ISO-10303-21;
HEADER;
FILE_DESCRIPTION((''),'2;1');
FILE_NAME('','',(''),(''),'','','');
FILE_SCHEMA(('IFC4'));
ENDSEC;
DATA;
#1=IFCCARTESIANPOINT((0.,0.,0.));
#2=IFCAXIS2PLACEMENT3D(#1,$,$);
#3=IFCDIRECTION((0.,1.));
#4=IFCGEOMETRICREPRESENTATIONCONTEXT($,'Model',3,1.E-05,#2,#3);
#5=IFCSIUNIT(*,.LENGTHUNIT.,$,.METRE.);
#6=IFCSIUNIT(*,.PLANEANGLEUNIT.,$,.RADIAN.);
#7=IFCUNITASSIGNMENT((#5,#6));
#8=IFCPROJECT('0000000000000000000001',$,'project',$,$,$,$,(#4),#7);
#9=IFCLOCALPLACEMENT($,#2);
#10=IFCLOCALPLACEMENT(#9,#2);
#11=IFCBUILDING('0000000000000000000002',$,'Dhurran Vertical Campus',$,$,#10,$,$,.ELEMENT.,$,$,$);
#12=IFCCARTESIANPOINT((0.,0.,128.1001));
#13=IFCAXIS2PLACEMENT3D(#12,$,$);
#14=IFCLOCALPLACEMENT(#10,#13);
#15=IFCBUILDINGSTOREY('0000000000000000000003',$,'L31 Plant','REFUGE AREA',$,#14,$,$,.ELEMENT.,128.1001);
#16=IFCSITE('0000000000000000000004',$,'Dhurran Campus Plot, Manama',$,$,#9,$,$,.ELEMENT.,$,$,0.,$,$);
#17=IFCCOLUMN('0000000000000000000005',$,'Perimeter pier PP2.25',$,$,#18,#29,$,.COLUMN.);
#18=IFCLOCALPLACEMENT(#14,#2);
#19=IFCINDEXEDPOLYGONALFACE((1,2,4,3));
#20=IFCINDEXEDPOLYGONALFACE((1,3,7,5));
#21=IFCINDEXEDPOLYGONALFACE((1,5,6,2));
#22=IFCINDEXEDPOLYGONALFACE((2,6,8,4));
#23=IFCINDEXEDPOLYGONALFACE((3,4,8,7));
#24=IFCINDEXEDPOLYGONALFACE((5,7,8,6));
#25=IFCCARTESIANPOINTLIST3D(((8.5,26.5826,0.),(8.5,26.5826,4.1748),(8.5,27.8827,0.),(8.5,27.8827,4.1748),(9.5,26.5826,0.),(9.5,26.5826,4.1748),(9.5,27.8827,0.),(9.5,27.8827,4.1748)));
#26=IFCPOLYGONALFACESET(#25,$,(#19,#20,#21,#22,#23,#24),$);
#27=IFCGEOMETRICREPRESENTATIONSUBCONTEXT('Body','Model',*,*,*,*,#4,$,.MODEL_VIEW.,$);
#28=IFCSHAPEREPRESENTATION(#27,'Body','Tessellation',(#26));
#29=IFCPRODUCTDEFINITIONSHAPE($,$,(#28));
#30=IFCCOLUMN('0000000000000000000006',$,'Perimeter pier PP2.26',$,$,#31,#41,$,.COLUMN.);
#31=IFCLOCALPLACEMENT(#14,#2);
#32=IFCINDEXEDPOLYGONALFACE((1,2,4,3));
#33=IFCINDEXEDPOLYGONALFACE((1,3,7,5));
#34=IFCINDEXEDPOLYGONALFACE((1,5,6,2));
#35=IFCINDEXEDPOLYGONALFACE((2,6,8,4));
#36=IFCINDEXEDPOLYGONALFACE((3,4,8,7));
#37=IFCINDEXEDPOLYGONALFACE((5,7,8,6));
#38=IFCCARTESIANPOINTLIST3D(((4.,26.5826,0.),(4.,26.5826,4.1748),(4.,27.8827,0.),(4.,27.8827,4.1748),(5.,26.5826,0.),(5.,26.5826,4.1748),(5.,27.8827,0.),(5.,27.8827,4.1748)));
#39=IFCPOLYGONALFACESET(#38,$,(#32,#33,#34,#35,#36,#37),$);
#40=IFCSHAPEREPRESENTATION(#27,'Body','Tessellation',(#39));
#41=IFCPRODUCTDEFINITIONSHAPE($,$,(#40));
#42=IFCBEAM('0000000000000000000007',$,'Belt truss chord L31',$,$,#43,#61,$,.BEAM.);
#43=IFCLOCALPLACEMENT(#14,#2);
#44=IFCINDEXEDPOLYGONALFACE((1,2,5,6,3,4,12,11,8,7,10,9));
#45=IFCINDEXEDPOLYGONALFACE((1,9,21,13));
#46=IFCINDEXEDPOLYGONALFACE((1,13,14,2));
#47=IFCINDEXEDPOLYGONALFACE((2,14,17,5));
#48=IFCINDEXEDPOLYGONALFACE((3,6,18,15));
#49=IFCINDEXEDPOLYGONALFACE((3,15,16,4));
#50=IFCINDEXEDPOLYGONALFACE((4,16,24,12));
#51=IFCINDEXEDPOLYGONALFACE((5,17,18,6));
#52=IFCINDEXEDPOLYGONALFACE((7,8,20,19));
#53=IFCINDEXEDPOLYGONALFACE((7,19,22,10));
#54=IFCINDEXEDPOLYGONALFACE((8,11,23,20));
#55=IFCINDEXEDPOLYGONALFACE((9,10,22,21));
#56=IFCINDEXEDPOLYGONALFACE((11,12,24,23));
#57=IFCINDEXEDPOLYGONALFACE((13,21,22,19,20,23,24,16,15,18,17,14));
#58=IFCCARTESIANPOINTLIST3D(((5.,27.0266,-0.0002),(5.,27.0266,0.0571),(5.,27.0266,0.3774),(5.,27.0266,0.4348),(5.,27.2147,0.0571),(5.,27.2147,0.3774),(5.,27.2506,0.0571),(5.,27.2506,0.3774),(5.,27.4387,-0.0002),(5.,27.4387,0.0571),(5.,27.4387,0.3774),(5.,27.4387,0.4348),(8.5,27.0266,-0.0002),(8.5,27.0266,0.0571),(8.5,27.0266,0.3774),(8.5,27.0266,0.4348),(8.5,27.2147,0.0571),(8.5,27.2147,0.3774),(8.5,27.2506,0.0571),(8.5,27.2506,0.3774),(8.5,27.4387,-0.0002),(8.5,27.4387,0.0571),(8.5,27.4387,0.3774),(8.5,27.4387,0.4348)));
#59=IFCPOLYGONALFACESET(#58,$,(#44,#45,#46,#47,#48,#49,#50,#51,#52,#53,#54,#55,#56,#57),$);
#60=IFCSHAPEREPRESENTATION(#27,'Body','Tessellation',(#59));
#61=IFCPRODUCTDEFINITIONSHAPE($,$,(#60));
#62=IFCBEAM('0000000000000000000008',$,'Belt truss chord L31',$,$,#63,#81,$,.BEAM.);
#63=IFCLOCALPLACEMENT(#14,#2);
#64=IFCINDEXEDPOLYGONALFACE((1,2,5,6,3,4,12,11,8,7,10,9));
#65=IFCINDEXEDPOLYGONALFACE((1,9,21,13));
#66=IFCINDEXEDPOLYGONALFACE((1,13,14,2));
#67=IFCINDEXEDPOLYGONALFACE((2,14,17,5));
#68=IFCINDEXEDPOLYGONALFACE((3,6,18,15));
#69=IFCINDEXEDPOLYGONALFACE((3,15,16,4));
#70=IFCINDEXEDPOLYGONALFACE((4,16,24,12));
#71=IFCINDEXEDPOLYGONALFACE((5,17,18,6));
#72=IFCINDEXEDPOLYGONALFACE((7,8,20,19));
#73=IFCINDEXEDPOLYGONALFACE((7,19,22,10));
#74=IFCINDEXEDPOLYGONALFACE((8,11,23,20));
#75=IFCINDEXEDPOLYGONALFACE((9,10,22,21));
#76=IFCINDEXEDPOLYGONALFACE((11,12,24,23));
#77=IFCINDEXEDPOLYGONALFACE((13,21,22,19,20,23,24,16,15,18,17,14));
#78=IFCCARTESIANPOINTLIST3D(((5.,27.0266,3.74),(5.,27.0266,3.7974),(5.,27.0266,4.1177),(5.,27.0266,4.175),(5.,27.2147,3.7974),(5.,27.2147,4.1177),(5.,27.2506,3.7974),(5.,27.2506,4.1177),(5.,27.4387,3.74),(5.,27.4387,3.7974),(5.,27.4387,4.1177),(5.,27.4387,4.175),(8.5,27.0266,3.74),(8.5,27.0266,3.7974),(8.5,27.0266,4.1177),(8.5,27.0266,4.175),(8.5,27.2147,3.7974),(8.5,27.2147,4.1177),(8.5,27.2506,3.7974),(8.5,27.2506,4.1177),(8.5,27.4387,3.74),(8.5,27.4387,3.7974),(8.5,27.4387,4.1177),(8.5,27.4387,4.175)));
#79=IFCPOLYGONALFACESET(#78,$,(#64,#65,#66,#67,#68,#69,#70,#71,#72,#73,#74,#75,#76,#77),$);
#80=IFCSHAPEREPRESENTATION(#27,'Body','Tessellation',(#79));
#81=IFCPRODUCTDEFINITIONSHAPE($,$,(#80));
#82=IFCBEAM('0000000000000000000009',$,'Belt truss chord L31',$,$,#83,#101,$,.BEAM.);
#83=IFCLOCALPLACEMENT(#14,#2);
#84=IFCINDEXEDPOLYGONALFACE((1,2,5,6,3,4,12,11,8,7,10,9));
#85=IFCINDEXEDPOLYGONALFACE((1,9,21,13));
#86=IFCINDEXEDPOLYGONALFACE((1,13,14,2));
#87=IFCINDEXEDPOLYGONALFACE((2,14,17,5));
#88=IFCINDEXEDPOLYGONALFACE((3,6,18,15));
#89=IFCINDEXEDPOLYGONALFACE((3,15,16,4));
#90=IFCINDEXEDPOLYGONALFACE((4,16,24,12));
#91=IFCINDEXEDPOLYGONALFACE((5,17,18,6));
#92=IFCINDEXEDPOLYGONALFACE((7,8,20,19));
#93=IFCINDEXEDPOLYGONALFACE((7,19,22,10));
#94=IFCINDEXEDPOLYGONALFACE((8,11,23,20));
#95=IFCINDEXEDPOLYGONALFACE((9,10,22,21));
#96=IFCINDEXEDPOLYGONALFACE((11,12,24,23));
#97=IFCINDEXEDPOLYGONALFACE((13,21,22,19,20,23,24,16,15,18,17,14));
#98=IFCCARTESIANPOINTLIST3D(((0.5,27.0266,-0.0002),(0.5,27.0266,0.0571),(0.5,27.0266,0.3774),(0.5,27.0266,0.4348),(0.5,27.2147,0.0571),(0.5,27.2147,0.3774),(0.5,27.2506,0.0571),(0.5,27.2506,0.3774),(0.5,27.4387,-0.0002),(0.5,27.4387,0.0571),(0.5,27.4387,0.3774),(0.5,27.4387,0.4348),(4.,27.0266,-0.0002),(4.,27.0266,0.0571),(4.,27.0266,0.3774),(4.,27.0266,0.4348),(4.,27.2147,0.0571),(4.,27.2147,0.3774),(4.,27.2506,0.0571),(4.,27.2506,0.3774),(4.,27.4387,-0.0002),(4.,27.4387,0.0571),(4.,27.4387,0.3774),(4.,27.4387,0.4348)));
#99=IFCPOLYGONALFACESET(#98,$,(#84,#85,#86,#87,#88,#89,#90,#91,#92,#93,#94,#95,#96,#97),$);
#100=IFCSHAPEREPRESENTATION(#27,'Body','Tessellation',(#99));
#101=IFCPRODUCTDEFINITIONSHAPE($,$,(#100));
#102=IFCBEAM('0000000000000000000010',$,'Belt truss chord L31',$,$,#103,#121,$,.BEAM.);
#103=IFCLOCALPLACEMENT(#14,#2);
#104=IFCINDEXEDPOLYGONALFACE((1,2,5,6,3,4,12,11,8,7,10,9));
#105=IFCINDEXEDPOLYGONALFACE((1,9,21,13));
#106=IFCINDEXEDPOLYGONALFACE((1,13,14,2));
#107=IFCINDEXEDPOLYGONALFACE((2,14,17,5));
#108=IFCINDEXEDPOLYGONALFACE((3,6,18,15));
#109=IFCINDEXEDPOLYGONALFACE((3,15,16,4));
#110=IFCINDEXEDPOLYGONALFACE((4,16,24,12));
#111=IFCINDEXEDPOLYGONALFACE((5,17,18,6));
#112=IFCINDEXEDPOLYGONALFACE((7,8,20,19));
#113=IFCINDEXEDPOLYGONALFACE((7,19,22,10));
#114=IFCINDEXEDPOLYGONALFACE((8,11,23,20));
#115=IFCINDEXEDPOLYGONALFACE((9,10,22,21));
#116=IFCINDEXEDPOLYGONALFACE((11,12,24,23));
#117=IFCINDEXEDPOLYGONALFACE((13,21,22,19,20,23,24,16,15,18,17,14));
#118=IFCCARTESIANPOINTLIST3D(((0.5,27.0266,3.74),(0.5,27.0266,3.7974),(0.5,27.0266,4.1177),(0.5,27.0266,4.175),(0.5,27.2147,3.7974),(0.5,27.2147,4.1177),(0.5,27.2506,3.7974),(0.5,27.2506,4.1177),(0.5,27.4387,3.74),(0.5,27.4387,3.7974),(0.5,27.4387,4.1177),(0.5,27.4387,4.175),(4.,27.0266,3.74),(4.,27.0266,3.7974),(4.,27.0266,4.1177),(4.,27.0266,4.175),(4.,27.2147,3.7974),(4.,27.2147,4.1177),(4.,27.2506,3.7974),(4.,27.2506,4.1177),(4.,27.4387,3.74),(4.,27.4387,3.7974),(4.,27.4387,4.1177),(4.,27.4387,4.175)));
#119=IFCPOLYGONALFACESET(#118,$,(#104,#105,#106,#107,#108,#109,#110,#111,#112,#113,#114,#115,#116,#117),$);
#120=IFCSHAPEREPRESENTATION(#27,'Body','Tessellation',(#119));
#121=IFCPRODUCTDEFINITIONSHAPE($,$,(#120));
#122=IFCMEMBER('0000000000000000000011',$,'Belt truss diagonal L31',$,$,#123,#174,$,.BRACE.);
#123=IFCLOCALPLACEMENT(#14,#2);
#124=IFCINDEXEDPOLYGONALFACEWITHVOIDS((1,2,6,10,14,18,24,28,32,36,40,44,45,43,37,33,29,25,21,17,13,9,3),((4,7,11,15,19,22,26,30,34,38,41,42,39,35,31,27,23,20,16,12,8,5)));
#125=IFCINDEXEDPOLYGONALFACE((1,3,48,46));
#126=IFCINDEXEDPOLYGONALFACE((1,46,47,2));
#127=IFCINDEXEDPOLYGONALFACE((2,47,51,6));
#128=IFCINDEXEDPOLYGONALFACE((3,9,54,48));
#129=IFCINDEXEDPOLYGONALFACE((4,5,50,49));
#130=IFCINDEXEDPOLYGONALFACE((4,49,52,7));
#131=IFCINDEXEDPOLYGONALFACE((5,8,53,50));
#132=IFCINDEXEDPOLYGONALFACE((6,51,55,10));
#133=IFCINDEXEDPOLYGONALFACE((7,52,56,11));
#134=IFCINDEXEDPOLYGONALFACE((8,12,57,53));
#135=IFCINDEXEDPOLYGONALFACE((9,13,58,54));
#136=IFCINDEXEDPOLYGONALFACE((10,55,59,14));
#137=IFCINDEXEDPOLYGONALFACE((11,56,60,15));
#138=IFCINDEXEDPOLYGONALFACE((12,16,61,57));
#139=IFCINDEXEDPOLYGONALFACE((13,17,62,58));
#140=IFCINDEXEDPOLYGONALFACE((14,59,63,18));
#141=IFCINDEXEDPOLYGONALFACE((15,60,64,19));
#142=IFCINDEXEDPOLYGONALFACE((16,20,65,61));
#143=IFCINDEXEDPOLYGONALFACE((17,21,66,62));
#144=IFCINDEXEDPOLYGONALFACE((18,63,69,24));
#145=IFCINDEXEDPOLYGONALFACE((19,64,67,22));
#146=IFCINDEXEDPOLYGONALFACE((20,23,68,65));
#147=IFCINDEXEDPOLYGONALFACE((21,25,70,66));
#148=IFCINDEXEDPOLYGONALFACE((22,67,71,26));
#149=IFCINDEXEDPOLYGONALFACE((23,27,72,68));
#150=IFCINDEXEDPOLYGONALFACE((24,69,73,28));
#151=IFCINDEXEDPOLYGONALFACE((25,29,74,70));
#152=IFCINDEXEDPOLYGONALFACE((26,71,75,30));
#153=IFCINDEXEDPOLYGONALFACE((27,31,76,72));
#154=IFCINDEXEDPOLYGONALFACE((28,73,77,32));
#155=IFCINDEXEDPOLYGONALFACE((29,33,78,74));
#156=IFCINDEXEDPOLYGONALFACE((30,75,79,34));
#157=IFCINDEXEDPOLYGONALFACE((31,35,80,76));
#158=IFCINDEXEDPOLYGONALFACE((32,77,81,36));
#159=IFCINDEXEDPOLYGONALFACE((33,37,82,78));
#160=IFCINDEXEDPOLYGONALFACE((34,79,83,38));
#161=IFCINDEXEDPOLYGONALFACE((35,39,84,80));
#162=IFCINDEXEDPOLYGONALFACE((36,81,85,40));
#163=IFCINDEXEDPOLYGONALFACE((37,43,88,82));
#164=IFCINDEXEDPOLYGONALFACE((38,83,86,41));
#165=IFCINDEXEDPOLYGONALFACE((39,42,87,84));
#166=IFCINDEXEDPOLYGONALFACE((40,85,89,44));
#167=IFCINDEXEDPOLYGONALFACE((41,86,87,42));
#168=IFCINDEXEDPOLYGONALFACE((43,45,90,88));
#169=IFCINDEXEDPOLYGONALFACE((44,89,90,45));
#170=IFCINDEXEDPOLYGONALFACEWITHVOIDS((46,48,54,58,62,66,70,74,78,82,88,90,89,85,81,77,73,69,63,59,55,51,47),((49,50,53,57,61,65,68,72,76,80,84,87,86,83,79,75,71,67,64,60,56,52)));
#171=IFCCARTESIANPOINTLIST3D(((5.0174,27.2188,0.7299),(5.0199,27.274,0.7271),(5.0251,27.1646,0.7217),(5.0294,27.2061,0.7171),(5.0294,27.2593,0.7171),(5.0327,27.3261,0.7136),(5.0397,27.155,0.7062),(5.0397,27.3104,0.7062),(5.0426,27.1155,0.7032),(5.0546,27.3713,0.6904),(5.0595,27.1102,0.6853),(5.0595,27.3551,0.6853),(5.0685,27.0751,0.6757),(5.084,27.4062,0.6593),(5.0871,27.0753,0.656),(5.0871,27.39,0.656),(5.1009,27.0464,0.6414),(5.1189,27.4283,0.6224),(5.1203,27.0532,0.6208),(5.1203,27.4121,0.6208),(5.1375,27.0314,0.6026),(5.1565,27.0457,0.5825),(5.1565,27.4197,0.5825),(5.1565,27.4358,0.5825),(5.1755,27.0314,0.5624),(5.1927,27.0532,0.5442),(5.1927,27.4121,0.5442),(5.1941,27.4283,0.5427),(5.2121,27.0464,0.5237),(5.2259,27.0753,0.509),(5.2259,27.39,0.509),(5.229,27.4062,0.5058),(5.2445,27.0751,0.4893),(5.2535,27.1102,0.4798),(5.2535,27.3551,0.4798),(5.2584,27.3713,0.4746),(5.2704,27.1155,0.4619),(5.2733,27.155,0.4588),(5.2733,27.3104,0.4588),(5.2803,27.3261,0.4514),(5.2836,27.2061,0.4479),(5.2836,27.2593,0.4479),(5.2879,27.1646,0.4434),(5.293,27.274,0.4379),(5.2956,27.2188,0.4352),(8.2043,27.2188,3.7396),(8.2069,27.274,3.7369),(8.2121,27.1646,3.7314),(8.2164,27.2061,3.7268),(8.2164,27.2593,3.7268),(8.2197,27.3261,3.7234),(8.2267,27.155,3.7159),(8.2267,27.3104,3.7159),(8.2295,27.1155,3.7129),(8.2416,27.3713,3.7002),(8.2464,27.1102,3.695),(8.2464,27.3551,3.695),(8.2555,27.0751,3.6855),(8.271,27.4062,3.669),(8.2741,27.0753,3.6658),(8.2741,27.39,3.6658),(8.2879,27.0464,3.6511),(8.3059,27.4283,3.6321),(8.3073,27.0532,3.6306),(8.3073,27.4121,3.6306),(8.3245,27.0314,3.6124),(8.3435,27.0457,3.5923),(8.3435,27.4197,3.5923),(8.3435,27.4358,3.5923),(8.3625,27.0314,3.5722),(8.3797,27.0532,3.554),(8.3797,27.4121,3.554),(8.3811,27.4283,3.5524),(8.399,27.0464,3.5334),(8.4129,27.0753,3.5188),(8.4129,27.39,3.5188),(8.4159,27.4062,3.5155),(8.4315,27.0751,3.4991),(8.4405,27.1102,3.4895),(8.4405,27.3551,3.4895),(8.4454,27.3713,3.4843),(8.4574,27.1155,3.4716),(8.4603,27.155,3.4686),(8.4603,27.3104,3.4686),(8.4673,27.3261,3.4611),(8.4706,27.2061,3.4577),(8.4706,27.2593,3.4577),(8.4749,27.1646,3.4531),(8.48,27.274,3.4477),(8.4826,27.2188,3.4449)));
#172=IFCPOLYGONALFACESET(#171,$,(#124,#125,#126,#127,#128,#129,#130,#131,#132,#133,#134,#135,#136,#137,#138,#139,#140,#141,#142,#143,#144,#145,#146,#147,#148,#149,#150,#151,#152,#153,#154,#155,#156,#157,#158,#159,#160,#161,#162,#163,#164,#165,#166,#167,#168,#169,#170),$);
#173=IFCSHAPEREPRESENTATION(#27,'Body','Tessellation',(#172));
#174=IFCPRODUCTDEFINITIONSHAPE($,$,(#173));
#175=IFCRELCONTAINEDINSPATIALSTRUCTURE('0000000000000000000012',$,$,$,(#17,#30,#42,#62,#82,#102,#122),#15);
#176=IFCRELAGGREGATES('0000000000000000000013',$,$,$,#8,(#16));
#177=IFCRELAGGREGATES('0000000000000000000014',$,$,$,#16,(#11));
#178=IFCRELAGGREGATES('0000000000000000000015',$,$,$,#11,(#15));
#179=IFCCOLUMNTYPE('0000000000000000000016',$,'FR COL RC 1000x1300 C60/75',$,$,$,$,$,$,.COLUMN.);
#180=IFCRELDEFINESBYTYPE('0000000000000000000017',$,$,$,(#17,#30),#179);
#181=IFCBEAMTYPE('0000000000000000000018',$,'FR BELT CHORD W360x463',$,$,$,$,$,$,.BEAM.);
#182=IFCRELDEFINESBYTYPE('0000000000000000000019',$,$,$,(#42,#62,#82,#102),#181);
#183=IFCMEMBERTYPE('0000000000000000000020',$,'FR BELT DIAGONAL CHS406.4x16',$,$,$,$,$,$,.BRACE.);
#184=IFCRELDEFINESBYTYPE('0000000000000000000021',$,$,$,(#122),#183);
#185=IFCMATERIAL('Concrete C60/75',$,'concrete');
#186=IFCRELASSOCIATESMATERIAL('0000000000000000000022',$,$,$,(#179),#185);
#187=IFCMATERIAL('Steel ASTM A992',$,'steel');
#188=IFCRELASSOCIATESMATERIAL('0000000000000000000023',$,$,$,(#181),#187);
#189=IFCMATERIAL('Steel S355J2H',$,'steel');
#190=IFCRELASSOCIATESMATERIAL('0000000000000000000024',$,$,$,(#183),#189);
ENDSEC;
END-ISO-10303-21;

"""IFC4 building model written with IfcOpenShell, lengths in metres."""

from ifc_helpers import new_model, si_unit, direction, frame, origin, origin_2d, place, context, subcontext, project, spatial, rectangle, hollow_circle, i_section, extrude, material, material_profile, profile_set, type_object, element, save


model = new_model("IFC4")

# Units and contexts
model_context = context("Model", 3, precision=1e-05, world=origin(), true_north=direction((0.0, 1.0)))
body_context = subcontext(model_context, "Body", "Model", "MODEL_VIEW")
ifc_project = project(units=[si_unit("LENGTHUNIT", "METRE"), si_unit("PLANEANGLEUNIT", "RADIAN")], contexts=[model_context])

# Site, building, storey
site_placement = place(None, origin())
site = spatial("IfcSite", under=ifc_project, at=site_placement, Name="Dhurran Campus Plot, Manama", CompositionType="ELEMENT", RefElevation=0.0)
building_placement = place(site_placement, origin())
building = spatial("IfcBuilding", under=site, at=building_placement, Name="Dhurran Vertical Campus", CompositionType="ELEMENT")
storey_placement = place(building_placement, frame((0.0, 0.0, 128.1001)))
storey = spatial("IfcBuildingStorey", under=building, at=storey_placement, Name="L31 Plant", Description="REFUGE AREA", CompositionType="ELEMENT", Elevation=128.1001)

# Columns
ifc_material_1 = material(Name="Concrete C60/75", Category="concrete")
ifc_material_profile_1 = material_profile(ifc_material_1, rectangle(XDim=1.0, YDim=1.3, at=origin_2d()), Name="RC 1000x1300")
ifc_profile_set_1 = profile_set([ifc_material_profile_1], Name="Concrete C60/75")
column_type = type_object("IfcColumnType", Name="FR COL RC 1000x1300 C60/75", PredefinedType="COLUMN", material=ifc_profile_set_1)
for number, where, z_axis, x_axis, name in (
    (1, (9.0, 27.2327, 0.0), (0.0, 0.0, 1.0), (-1.0, 0.0, 0.0), "Perimeter pier PP2.25"),
    (2, (4.5, 27.2327, 0.0), (0.0, 0.0, 1.0), (-1.0, 0.0, 0.0), "Perimeter pier PP2.26"),
):
    element("IfcColumn", number, at=place(storey_placement, frame(where, z_axis=z_axis, x_axis=x_axis)), inside=storey, type_object=column_type, Name=name, PredefinedType="COLUMN", context=body_context, shape_type="SweptSolid", body=[
        extrude(rectangle(XDim=1.0, YDim=1.3, at=origin_2d()), origin(), (0.0, 0.0, 1.0), 4.1748),
    ])

# Beams
ifc_material_2 = material(Name="Steel ASTM A992", Category="steel")
ifc_material_profile_2 = material_profile(ifc_material_2, i_section(OverallWidth=0.4121, OverallDepth=0.4351, WebThickness=0.0359, FlangeThickness=0.0574, at=origin_2d()), Name="W360x463")
ifc_profile_set_2 = profile_set([ifc_material_profile_2], Name="Steel ASTM A992")
beam_type = type_object("IfcBeamType", Name="FR BELT CHORD W360x463", PredefinedType="BEAM", material=ifc_profile_set_2)
for number, where, z_axis, x_axis, name in (
    (3, (8.5, 27.2327, 0.2173), (-1.0, 0.0, 0.0), (0.0, -1.0, 0.0), "Belt truss chord L31"),
    (4, (8.5, 27.2327, 3.9575), (-1.0, 0.0, 0.0), (0.0, -1.0, 0.0), "Belt truss chord L31"),
    (5, (4.0, 27.2327, 0.2173), (-1.0, 0.0, 0.0), (0.0, -1.0, 0.0), "Belt truss chord L31"),
    (6, (4.0, 27.2327, 3.9575), (-1.0, 0.0, 0.0), (0.0, -1.0, 0.0), "Belt truss chord L31"),
):
    element("IfcBeam", number, at=place(storey_placement, frame(where, z_axis=z_axis, x_axis=x_axis)), inside=storey, type_object=beam_type, Name=name, PredefinedType="BEAM", context=body_context, shape_type="SweptSolid", body=[
        extrude(i_section(OverallWidth=0.4121, OverallDepth=0.4351, WebThickness=0.0359, FlangeThickness=0.0574, at=origin_2d()), origin(), (0.0, 0.0, 1.0), 3.5),
    ])

# Member
ifc_material_3 = material(Name="Steel S355J2H", Category="steel")
ifc_material_profile_3 = material_profile(ifc_material_3, hollow_circle(Radius=0.2031, WallThickness=0.0161, at=origin_2d()), Name="CHS406.4x16")
ifc_profile_set_3 = profile_set([ifc_material_profile_3], Name="Steel S355J2H")
member_type_1 = type_object("IfcMemberType", Name="FR BELT DIAGONAL CHS406.4x16", PredefinedType="BRACE", material=ifc_profile_set_3)
for number, where, z_axis, x_axis, name in (
    (7, (5.1565, 27.2327, 0.5825), (0.727035, 0.0, 0.686601), (0.0, 1.0, 0.0), "Belt truss diagonal L31"),
):
    element("IfcMember", number, at=place(storey_placement, frame(where, z_axis=z_axis, x_axis=x_axis)), inside=storey, type_object=member_type_1, Name=name, PredefinedType="BRACE", context=body_context, shape_type="SweptSolid", body=[
        extrude(hollow_circle(Radius=0.2031, WallThickness=0.0161, at=origin_2d()), origin(), (0.0, 0.0, 1.0), 4.3835),
    ])

save(model, "model.ifc")
